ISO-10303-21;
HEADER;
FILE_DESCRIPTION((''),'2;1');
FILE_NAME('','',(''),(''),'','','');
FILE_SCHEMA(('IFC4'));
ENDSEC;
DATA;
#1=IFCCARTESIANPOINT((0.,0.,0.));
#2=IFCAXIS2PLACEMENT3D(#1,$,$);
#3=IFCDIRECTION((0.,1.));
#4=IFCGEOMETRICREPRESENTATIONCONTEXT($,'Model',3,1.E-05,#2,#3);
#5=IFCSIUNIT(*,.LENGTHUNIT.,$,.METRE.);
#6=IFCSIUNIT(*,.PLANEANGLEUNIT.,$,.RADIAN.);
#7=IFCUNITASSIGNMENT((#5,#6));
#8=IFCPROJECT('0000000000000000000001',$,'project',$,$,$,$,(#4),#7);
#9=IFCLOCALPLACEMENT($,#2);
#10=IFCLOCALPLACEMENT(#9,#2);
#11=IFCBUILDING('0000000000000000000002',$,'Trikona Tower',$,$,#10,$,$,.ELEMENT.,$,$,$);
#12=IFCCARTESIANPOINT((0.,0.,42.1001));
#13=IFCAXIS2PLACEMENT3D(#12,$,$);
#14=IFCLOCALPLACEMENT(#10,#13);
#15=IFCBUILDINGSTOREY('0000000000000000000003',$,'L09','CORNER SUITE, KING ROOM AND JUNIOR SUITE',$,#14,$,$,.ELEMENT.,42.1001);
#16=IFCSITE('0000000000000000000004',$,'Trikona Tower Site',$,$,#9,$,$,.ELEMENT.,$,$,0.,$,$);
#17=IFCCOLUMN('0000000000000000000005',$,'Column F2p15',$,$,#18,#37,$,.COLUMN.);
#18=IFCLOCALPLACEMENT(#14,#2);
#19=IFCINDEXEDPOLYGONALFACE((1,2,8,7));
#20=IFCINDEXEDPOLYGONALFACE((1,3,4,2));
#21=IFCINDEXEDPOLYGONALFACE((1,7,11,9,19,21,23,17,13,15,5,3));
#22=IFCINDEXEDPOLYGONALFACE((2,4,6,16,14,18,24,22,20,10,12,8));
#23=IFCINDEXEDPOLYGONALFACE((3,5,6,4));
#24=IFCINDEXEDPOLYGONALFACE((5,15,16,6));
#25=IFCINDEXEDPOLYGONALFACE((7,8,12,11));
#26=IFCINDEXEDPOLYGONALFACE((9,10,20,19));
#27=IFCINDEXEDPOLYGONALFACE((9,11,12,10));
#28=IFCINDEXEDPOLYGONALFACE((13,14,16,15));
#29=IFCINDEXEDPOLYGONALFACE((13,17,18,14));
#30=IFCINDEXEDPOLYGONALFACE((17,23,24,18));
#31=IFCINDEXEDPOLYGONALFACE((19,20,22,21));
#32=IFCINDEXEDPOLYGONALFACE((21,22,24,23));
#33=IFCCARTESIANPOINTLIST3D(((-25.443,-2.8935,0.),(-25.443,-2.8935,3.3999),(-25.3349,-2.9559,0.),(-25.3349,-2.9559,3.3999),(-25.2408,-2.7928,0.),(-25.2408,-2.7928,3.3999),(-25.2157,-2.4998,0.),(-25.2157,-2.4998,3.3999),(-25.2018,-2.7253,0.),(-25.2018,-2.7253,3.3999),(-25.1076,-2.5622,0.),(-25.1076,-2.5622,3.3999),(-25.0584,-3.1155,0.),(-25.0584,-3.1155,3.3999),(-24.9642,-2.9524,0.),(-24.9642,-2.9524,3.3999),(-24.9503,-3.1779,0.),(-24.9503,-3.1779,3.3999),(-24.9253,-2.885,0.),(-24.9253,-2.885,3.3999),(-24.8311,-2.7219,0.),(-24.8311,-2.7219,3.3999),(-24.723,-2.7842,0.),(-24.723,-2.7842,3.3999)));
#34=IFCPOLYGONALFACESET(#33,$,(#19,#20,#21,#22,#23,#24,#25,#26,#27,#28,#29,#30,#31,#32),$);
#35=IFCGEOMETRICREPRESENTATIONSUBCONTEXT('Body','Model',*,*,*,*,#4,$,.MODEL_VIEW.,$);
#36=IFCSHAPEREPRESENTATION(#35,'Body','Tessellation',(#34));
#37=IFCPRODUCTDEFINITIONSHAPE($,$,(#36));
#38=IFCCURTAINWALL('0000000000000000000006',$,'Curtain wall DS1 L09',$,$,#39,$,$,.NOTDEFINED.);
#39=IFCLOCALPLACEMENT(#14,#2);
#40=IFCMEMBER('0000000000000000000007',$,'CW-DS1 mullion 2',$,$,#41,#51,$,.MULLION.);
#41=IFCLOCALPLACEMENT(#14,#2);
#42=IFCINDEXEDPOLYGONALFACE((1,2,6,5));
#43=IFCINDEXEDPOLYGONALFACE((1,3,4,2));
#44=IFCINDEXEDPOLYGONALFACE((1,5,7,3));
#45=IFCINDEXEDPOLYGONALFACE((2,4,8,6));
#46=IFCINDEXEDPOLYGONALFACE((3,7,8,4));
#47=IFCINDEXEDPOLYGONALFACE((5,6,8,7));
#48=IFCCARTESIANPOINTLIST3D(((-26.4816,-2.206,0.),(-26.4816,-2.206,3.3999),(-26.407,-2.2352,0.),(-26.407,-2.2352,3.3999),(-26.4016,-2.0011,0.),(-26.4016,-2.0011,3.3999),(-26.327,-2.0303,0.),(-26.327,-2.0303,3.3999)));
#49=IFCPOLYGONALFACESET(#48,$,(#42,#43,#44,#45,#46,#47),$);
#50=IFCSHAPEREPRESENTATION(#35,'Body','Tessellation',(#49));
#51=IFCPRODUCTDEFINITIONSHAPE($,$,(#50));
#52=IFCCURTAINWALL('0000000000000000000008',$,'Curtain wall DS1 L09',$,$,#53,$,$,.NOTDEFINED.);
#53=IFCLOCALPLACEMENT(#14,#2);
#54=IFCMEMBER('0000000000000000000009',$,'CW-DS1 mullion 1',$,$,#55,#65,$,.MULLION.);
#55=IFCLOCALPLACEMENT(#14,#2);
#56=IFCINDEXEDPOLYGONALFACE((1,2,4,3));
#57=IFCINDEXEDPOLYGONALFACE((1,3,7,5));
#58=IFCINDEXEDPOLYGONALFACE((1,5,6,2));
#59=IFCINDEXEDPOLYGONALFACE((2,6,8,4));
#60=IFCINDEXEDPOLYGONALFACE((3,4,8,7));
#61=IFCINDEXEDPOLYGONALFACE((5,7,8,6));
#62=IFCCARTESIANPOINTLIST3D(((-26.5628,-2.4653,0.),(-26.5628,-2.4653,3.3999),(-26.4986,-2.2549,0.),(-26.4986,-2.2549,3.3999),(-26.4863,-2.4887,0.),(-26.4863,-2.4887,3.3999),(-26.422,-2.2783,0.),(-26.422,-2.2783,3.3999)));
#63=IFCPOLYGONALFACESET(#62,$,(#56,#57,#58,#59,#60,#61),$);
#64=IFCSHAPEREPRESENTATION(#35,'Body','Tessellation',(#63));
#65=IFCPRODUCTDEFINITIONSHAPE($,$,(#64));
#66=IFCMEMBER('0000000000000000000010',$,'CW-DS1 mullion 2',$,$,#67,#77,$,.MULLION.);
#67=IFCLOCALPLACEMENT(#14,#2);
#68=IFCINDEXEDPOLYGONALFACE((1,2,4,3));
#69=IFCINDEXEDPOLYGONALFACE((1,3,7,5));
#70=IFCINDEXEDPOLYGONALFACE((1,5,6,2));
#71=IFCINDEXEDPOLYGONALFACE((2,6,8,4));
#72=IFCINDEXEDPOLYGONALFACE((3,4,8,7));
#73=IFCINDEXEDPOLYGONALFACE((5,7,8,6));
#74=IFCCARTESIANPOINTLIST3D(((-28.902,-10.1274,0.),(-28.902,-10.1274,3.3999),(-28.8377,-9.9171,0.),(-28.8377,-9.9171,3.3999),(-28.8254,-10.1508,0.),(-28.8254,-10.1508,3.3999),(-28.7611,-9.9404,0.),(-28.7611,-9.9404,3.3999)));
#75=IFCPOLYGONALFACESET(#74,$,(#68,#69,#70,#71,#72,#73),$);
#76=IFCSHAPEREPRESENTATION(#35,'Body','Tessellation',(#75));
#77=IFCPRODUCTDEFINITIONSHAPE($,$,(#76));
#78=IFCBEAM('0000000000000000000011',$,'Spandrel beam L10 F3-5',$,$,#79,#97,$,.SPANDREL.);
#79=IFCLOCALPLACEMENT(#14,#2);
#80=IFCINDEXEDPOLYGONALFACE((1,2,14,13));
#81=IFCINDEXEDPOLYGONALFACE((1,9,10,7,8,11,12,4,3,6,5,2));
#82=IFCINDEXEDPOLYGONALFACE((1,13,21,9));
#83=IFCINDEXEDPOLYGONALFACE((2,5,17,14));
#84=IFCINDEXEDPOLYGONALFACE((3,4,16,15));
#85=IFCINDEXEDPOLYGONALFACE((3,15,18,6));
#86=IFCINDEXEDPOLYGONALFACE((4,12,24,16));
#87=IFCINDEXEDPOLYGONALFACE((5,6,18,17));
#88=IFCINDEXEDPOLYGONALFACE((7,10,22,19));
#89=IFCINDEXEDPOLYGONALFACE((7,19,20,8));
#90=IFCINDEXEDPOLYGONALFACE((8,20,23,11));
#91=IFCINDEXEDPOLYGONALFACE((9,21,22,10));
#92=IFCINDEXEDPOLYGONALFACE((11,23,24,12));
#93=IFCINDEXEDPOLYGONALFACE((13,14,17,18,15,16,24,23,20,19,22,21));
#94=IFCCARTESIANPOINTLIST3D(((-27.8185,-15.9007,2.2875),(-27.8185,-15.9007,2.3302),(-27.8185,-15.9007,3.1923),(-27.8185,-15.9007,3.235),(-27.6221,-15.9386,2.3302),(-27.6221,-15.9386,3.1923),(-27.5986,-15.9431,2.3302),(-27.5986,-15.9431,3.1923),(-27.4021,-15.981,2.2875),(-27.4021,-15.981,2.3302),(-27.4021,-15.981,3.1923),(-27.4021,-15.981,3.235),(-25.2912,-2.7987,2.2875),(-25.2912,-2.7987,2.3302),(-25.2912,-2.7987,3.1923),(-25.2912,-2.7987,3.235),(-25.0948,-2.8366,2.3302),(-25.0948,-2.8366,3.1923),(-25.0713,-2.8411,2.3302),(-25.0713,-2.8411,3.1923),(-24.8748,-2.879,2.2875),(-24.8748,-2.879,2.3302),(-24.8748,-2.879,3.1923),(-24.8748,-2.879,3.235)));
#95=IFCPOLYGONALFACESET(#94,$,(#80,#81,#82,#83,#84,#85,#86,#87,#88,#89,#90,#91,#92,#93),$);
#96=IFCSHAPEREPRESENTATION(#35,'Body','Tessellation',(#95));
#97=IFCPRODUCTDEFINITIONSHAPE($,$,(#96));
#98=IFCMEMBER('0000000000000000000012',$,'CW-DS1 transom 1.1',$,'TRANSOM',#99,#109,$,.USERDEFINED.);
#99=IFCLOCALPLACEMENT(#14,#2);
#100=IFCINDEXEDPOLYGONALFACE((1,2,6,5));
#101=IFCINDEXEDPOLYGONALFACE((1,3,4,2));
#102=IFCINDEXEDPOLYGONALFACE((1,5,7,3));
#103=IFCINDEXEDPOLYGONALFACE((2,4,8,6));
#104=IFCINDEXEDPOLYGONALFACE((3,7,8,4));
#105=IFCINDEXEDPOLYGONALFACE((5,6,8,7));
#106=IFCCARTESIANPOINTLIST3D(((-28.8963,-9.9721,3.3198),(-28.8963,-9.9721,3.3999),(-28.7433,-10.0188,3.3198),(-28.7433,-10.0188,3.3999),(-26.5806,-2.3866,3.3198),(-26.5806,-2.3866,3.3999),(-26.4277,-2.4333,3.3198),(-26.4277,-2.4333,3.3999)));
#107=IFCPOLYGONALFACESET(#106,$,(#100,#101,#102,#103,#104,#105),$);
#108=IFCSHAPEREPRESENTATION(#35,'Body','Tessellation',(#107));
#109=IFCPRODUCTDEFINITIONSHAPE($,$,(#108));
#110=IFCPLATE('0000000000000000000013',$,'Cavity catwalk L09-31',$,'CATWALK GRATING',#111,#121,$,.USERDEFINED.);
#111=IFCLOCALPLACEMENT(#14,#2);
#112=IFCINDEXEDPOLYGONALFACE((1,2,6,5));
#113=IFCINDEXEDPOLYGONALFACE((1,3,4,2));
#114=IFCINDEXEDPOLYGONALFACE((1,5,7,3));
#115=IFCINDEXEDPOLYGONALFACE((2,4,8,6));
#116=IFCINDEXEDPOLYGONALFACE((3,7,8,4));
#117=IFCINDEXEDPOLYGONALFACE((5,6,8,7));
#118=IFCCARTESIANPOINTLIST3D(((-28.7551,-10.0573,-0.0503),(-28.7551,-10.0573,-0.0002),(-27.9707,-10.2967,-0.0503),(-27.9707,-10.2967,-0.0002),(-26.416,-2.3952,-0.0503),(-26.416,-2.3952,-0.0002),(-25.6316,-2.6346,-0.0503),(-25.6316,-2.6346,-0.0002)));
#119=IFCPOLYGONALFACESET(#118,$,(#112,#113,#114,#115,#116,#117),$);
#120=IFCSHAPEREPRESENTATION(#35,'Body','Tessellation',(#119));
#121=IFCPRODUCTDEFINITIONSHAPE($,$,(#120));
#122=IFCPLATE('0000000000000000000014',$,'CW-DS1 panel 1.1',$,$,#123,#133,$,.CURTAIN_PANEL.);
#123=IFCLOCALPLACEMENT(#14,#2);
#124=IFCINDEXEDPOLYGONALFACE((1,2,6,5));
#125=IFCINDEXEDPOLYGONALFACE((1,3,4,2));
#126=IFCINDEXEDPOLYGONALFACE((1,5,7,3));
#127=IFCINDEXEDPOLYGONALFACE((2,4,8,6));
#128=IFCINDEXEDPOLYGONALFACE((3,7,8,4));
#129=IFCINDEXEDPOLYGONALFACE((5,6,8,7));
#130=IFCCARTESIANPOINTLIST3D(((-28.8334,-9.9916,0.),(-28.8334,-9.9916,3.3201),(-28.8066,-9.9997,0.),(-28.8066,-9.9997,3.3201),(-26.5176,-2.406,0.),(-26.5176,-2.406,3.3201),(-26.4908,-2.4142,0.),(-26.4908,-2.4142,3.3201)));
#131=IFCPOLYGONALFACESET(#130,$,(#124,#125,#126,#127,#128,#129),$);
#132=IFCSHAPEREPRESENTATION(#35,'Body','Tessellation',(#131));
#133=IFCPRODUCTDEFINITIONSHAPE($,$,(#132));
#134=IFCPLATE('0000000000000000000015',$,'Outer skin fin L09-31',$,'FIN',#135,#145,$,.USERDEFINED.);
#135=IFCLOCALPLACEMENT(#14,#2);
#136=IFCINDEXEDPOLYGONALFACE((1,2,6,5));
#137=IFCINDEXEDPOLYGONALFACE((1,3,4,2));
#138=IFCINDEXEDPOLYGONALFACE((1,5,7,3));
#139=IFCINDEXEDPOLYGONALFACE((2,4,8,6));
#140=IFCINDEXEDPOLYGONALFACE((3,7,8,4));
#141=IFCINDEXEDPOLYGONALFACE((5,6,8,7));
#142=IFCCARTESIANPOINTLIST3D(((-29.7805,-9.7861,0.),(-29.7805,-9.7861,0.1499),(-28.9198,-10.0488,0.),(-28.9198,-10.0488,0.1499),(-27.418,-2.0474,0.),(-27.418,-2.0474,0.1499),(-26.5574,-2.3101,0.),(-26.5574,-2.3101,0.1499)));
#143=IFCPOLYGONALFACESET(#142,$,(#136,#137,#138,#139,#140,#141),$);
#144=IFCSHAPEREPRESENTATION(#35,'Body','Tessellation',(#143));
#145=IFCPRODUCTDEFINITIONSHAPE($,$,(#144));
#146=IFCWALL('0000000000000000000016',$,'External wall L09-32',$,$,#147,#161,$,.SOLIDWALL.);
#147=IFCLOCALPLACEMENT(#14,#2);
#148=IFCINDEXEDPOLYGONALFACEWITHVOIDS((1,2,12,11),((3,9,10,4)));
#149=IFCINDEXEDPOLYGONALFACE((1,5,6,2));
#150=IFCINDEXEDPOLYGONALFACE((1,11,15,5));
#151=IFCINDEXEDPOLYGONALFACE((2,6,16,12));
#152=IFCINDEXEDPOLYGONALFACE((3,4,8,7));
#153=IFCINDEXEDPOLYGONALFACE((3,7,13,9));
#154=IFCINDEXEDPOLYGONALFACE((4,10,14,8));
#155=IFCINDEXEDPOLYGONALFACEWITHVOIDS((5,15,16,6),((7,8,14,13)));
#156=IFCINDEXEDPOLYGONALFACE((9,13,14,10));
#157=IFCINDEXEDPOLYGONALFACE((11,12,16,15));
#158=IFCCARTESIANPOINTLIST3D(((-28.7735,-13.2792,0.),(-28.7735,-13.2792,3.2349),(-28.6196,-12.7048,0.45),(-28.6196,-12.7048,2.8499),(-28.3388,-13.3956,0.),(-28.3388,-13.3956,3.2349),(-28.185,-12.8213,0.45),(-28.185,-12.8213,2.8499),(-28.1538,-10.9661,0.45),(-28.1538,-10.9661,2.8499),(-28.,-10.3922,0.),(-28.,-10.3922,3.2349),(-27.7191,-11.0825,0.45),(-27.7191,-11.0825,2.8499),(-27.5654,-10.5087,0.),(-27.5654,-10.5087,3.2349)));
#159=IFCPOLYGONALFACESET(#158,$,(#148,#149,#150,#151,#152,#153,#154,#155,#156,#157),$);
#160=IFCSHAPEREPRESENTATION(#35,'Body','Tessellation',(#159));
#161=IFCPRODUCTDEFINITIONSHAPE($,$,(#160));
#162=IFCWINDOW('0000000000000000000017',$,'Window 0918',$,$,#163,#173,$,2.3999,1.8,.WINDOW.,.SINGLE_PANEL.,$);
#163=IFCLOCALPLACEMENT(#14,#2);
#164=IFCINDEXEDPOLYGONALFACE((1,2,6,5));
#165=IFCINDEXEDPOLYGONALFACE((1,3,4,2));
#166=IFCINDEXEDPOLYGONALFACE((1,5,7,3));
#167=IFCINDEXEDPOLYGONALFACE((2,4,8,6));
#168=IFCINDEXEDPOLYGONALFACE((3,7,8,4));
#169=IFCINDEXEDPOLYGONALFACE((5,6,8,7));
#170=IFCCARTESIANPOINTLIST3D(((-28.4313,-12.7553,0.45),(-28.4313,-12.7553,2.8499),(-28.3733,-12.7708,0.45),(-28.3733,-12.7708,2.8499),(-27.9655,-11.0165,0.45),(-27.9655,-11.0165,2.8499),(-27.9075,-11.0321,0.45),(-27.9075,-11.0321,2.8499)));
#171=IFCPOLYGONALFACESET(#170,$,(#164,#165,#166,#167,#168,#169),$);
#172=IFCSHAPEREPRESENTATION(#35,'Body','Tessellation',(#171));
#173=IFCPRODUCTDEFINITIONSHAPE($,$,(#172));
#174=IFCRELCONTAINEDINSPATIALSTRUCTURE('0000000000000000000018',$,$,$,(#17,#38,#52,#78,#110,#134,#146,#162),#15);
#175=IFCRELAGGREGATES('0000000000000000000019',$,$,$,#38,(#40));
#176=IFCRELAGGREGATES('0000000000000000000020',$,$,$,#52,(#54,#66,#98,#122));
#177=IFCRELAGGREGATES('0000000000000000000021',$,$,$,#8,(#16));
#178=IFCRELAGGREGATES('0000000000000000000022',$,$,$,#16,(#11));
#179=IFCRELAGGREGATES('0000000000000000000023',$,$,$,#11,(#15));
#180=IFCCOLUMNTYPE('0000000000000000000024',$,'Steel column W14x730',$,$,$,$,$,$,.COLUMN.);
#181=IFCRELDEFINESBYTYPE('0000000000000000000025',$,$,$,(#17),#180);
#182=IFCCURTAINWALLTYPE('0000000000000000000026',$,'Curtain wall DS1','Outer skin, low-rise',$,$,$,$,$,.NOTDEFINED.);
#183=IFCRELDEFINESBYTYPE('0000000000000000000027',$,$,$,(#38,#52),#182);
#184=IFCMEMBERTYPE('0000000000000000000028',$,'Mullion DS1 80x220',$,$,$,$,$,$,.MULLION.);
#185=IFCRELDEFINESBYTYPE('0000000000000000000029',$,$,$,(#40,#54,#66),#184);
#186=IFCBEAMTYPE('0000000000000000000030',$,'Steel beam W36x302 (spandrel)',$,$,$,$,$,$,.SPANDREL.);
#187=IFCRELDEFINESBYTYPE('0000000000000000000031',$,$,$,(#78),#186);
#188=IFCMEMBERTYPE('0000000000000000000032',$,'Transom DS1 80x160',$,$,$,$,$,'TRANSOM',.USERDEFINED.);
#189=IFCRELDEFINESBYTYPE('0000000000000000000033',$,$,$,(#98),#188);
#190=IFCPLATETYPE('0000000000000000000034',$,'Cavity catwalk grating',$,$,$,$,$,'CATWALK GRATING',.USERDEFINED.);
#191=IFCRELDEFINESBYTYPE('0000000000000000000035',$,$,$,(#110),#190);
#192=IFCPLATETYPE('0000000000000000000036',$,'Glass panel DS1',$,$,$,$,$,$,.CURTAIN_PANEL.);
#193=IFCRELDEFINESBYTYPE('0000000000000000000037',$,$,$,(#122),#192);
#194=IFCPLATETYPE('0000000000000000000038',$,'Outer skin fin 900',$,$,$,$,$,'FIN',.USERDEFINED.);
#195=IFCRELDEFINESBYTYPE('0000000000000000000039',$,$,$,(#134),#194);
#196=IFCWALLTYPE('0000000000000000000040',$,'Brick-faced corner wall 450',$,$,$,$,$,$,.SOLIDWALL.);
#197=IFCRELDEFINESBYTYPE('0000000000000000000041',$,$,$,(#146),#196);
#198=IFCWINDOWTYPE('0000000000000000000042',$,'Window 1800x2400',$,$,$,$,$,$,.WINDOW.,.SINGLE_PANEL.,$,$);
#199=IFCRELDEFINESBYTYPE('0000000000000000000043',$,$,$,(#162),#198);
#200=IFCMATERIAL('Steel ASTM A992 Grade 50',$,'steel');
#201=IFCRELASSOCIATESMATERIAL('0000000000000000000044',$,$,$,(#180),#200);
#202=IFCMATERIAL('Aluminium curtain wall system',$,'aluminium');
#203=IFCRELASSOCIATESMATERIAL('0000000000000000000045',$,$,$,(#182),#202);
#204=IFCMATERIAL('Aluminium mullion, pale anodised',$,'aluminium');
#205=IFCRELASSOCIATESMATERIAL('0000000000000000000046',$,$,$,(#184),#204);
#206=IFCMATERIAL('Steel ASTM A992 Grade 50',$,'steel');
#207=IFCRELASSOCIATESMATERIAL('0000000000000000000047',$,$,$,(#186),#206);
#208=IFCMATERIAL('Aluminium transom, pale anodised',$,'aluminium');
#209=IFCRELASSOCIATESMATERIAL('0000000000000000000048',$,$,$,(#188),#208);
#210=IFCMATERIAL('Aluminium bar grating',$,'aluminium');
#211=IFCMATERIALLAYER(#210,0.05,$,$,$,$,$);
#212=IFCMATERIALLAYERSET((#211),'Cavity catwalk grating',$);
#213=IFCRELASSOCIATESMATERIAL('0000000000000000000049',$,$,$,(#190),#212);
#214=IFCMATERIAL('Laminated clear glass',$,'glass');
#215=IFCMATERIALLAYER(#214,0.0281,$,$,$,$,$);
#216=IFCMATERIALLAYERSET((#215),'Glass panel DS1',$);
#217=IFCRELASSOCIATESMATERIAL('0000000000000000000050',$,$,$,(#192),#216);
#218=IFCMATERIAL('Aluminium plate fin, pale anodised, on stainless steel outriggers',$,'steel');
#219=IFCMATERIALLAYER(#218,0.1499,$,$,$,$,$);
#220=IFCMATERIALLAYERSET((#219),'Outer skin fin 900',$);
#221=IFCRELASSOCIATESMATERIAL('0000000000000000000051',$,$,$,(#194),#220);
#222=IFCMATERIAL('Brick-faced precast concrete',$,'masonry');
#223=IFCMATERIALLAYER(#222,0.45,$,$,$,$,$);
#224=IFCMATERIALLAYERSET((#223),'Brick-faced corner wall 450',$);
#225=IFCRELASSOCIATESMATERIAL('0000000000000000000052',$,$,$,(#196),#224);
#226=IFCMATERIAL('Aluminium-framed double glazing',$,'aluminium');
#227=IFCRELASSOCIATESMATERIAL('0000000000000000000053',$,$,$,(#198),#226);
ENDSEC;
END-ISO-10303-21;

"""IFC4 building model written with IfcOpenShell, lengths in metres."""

from ifc_helpers import new_model, si_unit, direction, frame, frame_2d, origin, origin_2d, place, context, subcontext, project, spatial, rectangle, i_section, extrude, material, layer, layer_set, material_profile, profile_set, type_object, element, fill, aggregate, save


model = new_model("IFC4")

# Units and contexts
model_context = context("Model", 3, precision=1e-05, world=origin(), true_north=direction((0.0, 1.0)))
body_context = subcontext(model_context, "Body", "Model", "MODEL_VIEW")
ifc_project = project(units=[si_unit("LENGTHUNIT", "METRE"), si_unit("PLANEANGLEUNIT", "RADIAN")], contexts=[model_context])

# Site, building, storey
site_placement = place(None, origin())
site = spatial("IfcSite", under=ifc_project, at=site_placement, Name="Trikona Tower Site", CompositionType="ELEMENT", RefElevation=0.0)
building_placement = place(site_placement, origin())
building = spatial("IfcBuilding", under=site, at=building_placement, Name="Trikona Tower", CompositionType="ELEMENT")
storey_placement = place(building_placement, frame((0.0, 0.0, 42.1001)))
storey = spatial("IfcBuildingStorey", under=building, at=storey_placement, Name="L09", Description="CORNER SUITE, KING ROOM AND JUNIOR SUITE", CompositionType="ELEMENT", Elevation=42.1001)

# Column
ifc_material_1 = material(Name="Steel ASTM A992 Grade 50", Category="steel")
ifc_material_profile_1 = material_profile(ifc_material_1, i_section(OverallWidth=0.4546, OverallDepth=0.5688, WebThickness=0.0779, FlangeThickness=0.1248, at=origin_2d()), Name="W14X730")
ifc_profile_set_1 = profile_set([ifc_material_profile_1], Name="Steel ASTM A992 Grade 50")
column_type = type_object("IfcColumnType", Name="Steel column W14x730", PredefinedType="COLUMN", material=ifc_profile_set_1)
column_placement = place(storey_placement, frame((-25.083, -2.8389, 0.0), z_axis=(0.0, 0.0, 1.0), x_axis=(-0.5, -0.866025, 0.0)))
element("IfcColumn", 1, at=column_placement, inside=storey, type_object=column_type, Name="Column F2p15", PredefinedType="COLUMN", context=body_context, shape_type="SweptSolid", body=[
    extrude(i_section(OverallWidth=0.4546, OverallDepth=0.5688, WebThickness=0.0779, FlangeThickness=0.1248, at=origin_2d()), origin(), (0.0, 0.0, 1.0), 3.3999),
])

# Curtain wall, member
ifc_material_2 = material(Name="Aluminium curtain wall system", Category="aluminium")
curtain_wall_type = type_object("IfcCurtainWallType", Name="Curtain wall DS1", Description="Outer skin, low-rise", PredefinedType="NOTDEFINED", material=ifc_material_2)
curtain_wall_1_placement = place(storey_placement, origin())
curtain_wall_1 = element("IfcCurtainWall", 2, at=curtain_wall_1_placement, inside=storey, type_object=curtain_wall_type, Name="Curtain wall DS1 L09", PredefinedType="NOTDEFINED")
ifc_material_3 = material(Name="Aluminium mullion, pale anodised", Category="aluminium")
ifc_material_profile_2 = material_profile(ifc_material_3, rectangle(XDim=0.0801, YDim=0.22, at=origin_2d()), Name="MUL-DS1")
ifc_profile_set_2 = profile_set([ifc_material_profile_2], Name="Aluminium mullion, pale anodised")
member_type_1 = type_object("IfcMemberType", Name="Mullion DS1 80x220", PredefinedType="MULLION", material=ifc_profile_set_2)
member_1_placement = place(storey_placement, frame((-26.4043, -2.1182, 0.0), z_axis=(0.0, 0.0, 1.0), x_axis=(0.931396, -0.364008, 0.0)))
member_1 = element("IfcMember", 3, at=member_1_placement, type_object=member_type_1, Name="CW-DS1 mullion 2", PredefinedType="MULLION", context=body_context, shape_type="SweptSolid", body=[
    extrude(rectangle(XDim=0.0801, YDim=0.22, at=origin_2d()), origin(), (0.0, 0.0, 1.0), 3.3999),
])
aggregate(curtain_wall_1, [member_1])

# Curtain wall, members
curtain_wall_2_placement = place(storey_placement, origin())
curtain_wall_2 = element("IfcCurtainWall", 4, at=curtain_wall_2_placement, inside=storey, type_object=curtain_wall_type, Name="Curtain wall DS1 L09", PredefinedType="NOTDEFINED")
member_2_placement = place(storey_placement, frame((-26.4924, -2.3718, 0.0), z_axis=(0.0, 0.0, 1.0), x_axis=(0.956423, -0.291984, 0.0)))
member_2 = element("IfcMember", 5, at=member_2_placement, type_object=member_type_1, Name="CW-DS1 mullion 1", PredefinedType="MULLION", context=body_context, shape_type="SweptSolid", body=[
    extrude(rectangle(XDim=0.0801, YDim=0.22, at=origin_2d()), origin(), (0.0, 0.0, 1.0), 3.3999),
])
member_3_placement = place(storey_placement, frame((-28.8315, -10.0339, 0.0), z_axis=(0.0, 0.0, 1.0), x_axis=(0.956423, -0.291984, 0.0)))
member_3 = element("IfcMember", 6, at=member_3_placement, type_object=member_type_1, Name="CW-DS1 mullion 2", PredefinedType="MULLION", context=body_context, shape_type="SweptSolid", body=[
    extrude(rectangle(XDim=0.0801, YDim=0.22, at=origin_2d()), origin(), (0.0, 0.0, 1.0), 3.3999),
])

# Beam
ifc_material_4 = material(Name="Steel ASTM A992 Grade 50", Category="steel")
ifc_material_profile_3 = material_profile(ifc_material_4, i_section(OverallWidth=0.4241, OverallDepth=0.9475, WebThickness=0.0239, FlangeThickness=0.0427, at=origin_2d()), Name="W36X302")
ifc_profile_set_3 = profile_set([ifc_material_profile_3], Name="Steel ASTM A992 Grade 50")
beam_type = type_object("IfcBeamType", Name="Steel beam W36x302 (spandrel)", PredefinedType="SPANDREL", material=ifc_profile_set_3)
beam_placement = place(storey_placement, frame((-25.083, -2.8389, 2.7612), z_axis=(-0.189405, -0.981899, 0.0), x_axis=(0.981899, -0.189405, 0.0)))
element("IfcBeam", 7, at=beam_placement, inside=storey, type_object=beam_type, Name="Spandrel beam L10 F3-5", PredefinedType="SPANDREL", context=body_context, shape_type="SweptSolid", body=[
    extrude(i_section(OverallWidth=0.4241, OverallDepth=0.9475, WebThickness=0.0239, FlangeThickness=0.0427, at=origin_2d()), origin(), (0.0, 0.0, 1.0), 13.3435),
])

# Member
ifc_material_5 = material(Name="Aluminium transom, pale anodised", Category="aluminium")
ifc_material_profile_4 = material_profile(ifc_material_5, rectangle(XDim=0.1599, YDim=0.0801, at=origin_2d()), Name="TRN-DS1")
ifc_profile_set_4 = profile_set([ifc_material_profile_4], Name="Aluminium transom, pale anodised")
member_type_2 = type_object("IfcMemberType", Name="Transom DS1 80x160", ElementType="TRANSOM", PredefinedType="USERDEFINED", material=ifc_profile_set_4)
member_4_placement = place(storey_placement, frame((-26.5042, -2.4099, 3.3599), z_axis=(-0.291967, -0.956428, 0.0), x_axis=(0.956428, -0.291967, 0.0)))
member_4 = element("IfcMember", 8, at=member_4_placement, type_object=member_type_2, Name="CW-DS1 transom 1.1", ObjectType="TRANSOM", PredefinedType="USERDEFINED", context=body_context, shape_type="SweptSolid", body=[
    extrude(rectangle(XDim=0.1599, YDim=0.0801, at=origin_2d()), origin(), (0.0, 0.0, 1.0), 7.9312),
])

# Plates
ifc_material_6 = material(Name="Aluminium bar grating", Category="aluminium")
ifc_layer_1 = layer(ifc_material_6, 0.05)
ifc_layer_set_1 = layer_set([ifc_layer_1], Name="Cavity catwalk grating")
plate_type_1 = type_object("IfcPlateType", Name="Cavity catwalk grating", ElementType="CATWALK GRATING", PredefinedType="USERDEFINED", material=ifc_layer_set_1)
plate_1_placement = place(storey_placement, frame((-27.1934, -6.3459, -0.0503), z_axis=(0.0, 0.0, 1.0), x_axis=(-0.291979, -0.956425, 0.0)))
element("IfcPlate", 9, at=plate_1_placement, inside=storey, type_object=plate_type_1, Name="Cavity catwalk L09-31", ObjectType="CATWALK GRATING", PredefinedType="USERDEFINED", context=body_context, shape_type="SweptSolid", body=[
    extrude(rectangle(XDim=8.0112, YDim=0.8201, at=origin_2d()), origin(), (0.0, 0.0, 1.0), 0.05),
])
ifc_material_7 = material(Name="Laminated clear glass", Category="glass")
ifc_layer_2 = layer(ifc_material_7, 0.0281)
ifc_layer_set_2 = layer_set([ifc_layer_2], Name="Glass panel DS1")
plate_type_2 = type_object("IfcPlateType", Name="Glass panel DS1", PredefinedType="CURTAIN_PANEL", material=ifc_layer_set_2)
plate_2_placement = place(storey_placement, frame((-27.6621, -6.2029, 0.0), z_axis=(0.0, 0.0, 1.0), x_axis=(-0.291984, -0.956423, 0.0)))
plate_2 = element("IfcPlate", 10, at=plate_2_placement, type_object=plate_type_2, Name="CW-DS1 panel 1.1", PredefinedType="CURTAIN_PANEL", context=body_context, shape_type="SweptSolid", body=[
    extrude(rectangle(XDim=7.9312, YDim=0.0281, at=origin_2d()), origin(), (0.0, 0.0, 1.0), 3.3201),
])
aggregate(curtain_wall_2, [member_2, member_3, member_4, plate_2])
ifc_material_8 = material(Name="Aluminium plate fin, pale anodised, on stainless steel outriggers", Category="steel")
ifc_layer_3 = layer(ifc_material_8, 0.1499)
ifc_layer_set_3 = layer_set([ifc_layer_3], Name="Outer skin fin 900")
plate_type_3 = type_object("IfcPlateType", Name="Outer skin fin 900", ElementType="FIN", PredefinedType="USERDEFINED", material=ifc_layer_set_3)
plate_3_placement = place(storey_placement, frame((-28.1689, -6.0481, 0.0), z_axis=(0.0, 0.0, 1.0), x_axis=(-0.291979, -0.956425, 0.0)))
element("IfcPlate", 11, at=plate_3_placement, inside=storey, type_object=plate_type_3, Name="Outer skin fin L09-31", ObjectType="FIN", PredefinedType="USERDEFINED", context=body_context, shape_type="SweptSolid", body=[
    extrude(rectangle(XDim=8.0913, YDim=0.8999, at=origin_2d()), origin(), (0.0, 0.0, 1.0), 0.1499),
])

# Wall, opening, window
ifc_material_9 = material(Name="Brick-faced precast concrete", Category="masonry")
ifc_layer_4 = layer(ifc_material_9, 0.45)
ifc_layer_set_4 = layer_set([ifc_layer_4], Name="Brick-faced corner wall 450")
wall_type_1 = type_object("IfcWallType", Name="Brick-faced corner wall 450", PredefinedType="SOLIDWALL", material=ifc_layer_set_4)
wall_1_placement = place(storey_placement, frame((-27.7827, -10.4504, 0.0), z_axis=(0.0, 0.0, 1.0), x_axis=(-0.258781, -0.965936, 0.0)))
wall_1 = element("IfcWall", 12, at=wall_1_placement, inside=storey, type_object=wall_type_1, Name="External wall L09-32", PredefinedType="SOLIDWALL", context=body_context, shape_type="SweptSolid", body=[
    extrude(rectangle(XDim=2.9888, YDim=0.45, at=frame_2d((1.4944, 0.0))), origin(), (0.0, 0.0, 1.0), 3.2349),
])
opening_1_placement = place(wall_1_placement, frame((0.5942, 0.0, 0.45)))
opening_1 = element("IfcOpeningElement", 13, at=opening_1_placement, cuts=wall_1, PredefinedType="OPENING", context=body_context, shape_type="SweptSolid", body=[
    extrude(rectangle(XDim=1.8, YDim=2.3999, at=frame_2d((0.8999, 1.2))), frame((0.0, 0.2349, 0.0), z_axis=(0.0, -1.0, 0.0), x_axis=(1.0, 0.0, 0.0)), (0.0, 0.0, 1.0), 0.47),
])
ifc_material_10 = material(Name="Aluminium-framed double glazing", Category="aluminium")
window_type_1 = type_object("IfcWindowType", Name="Window 1800x2400", PartitioningType="SINGLE_PANEL", PredefinedType="WINDOW", material=ifc_material_10)
window_1_placement = place(opening_1_placement, origin())
window_1 = element("IfcWindow", 14, at=window_1_placement, inside=storey, type_object=window_type_1, Name="Window 0918", OverallHeight=2.3999, OverallWidth=1.8, PartitioningType="SINGLE_PANEL", PredefinedType="WINDOW", context=body_context, shape_type="SweptSolid", body=[
    extrude(rectangle(XDim=1.8, YDim=2.3999, at=frame_2d((0.8999, 1.2))), frame((0.0, 0.03, 0.0), z_axis=(0.0, -1.0, 0.0), x_axis=(1.0, 0.0, 0.0)), (0.0, 0.0, 1.0), 0.0601),
])
fill(opening_1, window_1)

save(model, "model.ifc")
